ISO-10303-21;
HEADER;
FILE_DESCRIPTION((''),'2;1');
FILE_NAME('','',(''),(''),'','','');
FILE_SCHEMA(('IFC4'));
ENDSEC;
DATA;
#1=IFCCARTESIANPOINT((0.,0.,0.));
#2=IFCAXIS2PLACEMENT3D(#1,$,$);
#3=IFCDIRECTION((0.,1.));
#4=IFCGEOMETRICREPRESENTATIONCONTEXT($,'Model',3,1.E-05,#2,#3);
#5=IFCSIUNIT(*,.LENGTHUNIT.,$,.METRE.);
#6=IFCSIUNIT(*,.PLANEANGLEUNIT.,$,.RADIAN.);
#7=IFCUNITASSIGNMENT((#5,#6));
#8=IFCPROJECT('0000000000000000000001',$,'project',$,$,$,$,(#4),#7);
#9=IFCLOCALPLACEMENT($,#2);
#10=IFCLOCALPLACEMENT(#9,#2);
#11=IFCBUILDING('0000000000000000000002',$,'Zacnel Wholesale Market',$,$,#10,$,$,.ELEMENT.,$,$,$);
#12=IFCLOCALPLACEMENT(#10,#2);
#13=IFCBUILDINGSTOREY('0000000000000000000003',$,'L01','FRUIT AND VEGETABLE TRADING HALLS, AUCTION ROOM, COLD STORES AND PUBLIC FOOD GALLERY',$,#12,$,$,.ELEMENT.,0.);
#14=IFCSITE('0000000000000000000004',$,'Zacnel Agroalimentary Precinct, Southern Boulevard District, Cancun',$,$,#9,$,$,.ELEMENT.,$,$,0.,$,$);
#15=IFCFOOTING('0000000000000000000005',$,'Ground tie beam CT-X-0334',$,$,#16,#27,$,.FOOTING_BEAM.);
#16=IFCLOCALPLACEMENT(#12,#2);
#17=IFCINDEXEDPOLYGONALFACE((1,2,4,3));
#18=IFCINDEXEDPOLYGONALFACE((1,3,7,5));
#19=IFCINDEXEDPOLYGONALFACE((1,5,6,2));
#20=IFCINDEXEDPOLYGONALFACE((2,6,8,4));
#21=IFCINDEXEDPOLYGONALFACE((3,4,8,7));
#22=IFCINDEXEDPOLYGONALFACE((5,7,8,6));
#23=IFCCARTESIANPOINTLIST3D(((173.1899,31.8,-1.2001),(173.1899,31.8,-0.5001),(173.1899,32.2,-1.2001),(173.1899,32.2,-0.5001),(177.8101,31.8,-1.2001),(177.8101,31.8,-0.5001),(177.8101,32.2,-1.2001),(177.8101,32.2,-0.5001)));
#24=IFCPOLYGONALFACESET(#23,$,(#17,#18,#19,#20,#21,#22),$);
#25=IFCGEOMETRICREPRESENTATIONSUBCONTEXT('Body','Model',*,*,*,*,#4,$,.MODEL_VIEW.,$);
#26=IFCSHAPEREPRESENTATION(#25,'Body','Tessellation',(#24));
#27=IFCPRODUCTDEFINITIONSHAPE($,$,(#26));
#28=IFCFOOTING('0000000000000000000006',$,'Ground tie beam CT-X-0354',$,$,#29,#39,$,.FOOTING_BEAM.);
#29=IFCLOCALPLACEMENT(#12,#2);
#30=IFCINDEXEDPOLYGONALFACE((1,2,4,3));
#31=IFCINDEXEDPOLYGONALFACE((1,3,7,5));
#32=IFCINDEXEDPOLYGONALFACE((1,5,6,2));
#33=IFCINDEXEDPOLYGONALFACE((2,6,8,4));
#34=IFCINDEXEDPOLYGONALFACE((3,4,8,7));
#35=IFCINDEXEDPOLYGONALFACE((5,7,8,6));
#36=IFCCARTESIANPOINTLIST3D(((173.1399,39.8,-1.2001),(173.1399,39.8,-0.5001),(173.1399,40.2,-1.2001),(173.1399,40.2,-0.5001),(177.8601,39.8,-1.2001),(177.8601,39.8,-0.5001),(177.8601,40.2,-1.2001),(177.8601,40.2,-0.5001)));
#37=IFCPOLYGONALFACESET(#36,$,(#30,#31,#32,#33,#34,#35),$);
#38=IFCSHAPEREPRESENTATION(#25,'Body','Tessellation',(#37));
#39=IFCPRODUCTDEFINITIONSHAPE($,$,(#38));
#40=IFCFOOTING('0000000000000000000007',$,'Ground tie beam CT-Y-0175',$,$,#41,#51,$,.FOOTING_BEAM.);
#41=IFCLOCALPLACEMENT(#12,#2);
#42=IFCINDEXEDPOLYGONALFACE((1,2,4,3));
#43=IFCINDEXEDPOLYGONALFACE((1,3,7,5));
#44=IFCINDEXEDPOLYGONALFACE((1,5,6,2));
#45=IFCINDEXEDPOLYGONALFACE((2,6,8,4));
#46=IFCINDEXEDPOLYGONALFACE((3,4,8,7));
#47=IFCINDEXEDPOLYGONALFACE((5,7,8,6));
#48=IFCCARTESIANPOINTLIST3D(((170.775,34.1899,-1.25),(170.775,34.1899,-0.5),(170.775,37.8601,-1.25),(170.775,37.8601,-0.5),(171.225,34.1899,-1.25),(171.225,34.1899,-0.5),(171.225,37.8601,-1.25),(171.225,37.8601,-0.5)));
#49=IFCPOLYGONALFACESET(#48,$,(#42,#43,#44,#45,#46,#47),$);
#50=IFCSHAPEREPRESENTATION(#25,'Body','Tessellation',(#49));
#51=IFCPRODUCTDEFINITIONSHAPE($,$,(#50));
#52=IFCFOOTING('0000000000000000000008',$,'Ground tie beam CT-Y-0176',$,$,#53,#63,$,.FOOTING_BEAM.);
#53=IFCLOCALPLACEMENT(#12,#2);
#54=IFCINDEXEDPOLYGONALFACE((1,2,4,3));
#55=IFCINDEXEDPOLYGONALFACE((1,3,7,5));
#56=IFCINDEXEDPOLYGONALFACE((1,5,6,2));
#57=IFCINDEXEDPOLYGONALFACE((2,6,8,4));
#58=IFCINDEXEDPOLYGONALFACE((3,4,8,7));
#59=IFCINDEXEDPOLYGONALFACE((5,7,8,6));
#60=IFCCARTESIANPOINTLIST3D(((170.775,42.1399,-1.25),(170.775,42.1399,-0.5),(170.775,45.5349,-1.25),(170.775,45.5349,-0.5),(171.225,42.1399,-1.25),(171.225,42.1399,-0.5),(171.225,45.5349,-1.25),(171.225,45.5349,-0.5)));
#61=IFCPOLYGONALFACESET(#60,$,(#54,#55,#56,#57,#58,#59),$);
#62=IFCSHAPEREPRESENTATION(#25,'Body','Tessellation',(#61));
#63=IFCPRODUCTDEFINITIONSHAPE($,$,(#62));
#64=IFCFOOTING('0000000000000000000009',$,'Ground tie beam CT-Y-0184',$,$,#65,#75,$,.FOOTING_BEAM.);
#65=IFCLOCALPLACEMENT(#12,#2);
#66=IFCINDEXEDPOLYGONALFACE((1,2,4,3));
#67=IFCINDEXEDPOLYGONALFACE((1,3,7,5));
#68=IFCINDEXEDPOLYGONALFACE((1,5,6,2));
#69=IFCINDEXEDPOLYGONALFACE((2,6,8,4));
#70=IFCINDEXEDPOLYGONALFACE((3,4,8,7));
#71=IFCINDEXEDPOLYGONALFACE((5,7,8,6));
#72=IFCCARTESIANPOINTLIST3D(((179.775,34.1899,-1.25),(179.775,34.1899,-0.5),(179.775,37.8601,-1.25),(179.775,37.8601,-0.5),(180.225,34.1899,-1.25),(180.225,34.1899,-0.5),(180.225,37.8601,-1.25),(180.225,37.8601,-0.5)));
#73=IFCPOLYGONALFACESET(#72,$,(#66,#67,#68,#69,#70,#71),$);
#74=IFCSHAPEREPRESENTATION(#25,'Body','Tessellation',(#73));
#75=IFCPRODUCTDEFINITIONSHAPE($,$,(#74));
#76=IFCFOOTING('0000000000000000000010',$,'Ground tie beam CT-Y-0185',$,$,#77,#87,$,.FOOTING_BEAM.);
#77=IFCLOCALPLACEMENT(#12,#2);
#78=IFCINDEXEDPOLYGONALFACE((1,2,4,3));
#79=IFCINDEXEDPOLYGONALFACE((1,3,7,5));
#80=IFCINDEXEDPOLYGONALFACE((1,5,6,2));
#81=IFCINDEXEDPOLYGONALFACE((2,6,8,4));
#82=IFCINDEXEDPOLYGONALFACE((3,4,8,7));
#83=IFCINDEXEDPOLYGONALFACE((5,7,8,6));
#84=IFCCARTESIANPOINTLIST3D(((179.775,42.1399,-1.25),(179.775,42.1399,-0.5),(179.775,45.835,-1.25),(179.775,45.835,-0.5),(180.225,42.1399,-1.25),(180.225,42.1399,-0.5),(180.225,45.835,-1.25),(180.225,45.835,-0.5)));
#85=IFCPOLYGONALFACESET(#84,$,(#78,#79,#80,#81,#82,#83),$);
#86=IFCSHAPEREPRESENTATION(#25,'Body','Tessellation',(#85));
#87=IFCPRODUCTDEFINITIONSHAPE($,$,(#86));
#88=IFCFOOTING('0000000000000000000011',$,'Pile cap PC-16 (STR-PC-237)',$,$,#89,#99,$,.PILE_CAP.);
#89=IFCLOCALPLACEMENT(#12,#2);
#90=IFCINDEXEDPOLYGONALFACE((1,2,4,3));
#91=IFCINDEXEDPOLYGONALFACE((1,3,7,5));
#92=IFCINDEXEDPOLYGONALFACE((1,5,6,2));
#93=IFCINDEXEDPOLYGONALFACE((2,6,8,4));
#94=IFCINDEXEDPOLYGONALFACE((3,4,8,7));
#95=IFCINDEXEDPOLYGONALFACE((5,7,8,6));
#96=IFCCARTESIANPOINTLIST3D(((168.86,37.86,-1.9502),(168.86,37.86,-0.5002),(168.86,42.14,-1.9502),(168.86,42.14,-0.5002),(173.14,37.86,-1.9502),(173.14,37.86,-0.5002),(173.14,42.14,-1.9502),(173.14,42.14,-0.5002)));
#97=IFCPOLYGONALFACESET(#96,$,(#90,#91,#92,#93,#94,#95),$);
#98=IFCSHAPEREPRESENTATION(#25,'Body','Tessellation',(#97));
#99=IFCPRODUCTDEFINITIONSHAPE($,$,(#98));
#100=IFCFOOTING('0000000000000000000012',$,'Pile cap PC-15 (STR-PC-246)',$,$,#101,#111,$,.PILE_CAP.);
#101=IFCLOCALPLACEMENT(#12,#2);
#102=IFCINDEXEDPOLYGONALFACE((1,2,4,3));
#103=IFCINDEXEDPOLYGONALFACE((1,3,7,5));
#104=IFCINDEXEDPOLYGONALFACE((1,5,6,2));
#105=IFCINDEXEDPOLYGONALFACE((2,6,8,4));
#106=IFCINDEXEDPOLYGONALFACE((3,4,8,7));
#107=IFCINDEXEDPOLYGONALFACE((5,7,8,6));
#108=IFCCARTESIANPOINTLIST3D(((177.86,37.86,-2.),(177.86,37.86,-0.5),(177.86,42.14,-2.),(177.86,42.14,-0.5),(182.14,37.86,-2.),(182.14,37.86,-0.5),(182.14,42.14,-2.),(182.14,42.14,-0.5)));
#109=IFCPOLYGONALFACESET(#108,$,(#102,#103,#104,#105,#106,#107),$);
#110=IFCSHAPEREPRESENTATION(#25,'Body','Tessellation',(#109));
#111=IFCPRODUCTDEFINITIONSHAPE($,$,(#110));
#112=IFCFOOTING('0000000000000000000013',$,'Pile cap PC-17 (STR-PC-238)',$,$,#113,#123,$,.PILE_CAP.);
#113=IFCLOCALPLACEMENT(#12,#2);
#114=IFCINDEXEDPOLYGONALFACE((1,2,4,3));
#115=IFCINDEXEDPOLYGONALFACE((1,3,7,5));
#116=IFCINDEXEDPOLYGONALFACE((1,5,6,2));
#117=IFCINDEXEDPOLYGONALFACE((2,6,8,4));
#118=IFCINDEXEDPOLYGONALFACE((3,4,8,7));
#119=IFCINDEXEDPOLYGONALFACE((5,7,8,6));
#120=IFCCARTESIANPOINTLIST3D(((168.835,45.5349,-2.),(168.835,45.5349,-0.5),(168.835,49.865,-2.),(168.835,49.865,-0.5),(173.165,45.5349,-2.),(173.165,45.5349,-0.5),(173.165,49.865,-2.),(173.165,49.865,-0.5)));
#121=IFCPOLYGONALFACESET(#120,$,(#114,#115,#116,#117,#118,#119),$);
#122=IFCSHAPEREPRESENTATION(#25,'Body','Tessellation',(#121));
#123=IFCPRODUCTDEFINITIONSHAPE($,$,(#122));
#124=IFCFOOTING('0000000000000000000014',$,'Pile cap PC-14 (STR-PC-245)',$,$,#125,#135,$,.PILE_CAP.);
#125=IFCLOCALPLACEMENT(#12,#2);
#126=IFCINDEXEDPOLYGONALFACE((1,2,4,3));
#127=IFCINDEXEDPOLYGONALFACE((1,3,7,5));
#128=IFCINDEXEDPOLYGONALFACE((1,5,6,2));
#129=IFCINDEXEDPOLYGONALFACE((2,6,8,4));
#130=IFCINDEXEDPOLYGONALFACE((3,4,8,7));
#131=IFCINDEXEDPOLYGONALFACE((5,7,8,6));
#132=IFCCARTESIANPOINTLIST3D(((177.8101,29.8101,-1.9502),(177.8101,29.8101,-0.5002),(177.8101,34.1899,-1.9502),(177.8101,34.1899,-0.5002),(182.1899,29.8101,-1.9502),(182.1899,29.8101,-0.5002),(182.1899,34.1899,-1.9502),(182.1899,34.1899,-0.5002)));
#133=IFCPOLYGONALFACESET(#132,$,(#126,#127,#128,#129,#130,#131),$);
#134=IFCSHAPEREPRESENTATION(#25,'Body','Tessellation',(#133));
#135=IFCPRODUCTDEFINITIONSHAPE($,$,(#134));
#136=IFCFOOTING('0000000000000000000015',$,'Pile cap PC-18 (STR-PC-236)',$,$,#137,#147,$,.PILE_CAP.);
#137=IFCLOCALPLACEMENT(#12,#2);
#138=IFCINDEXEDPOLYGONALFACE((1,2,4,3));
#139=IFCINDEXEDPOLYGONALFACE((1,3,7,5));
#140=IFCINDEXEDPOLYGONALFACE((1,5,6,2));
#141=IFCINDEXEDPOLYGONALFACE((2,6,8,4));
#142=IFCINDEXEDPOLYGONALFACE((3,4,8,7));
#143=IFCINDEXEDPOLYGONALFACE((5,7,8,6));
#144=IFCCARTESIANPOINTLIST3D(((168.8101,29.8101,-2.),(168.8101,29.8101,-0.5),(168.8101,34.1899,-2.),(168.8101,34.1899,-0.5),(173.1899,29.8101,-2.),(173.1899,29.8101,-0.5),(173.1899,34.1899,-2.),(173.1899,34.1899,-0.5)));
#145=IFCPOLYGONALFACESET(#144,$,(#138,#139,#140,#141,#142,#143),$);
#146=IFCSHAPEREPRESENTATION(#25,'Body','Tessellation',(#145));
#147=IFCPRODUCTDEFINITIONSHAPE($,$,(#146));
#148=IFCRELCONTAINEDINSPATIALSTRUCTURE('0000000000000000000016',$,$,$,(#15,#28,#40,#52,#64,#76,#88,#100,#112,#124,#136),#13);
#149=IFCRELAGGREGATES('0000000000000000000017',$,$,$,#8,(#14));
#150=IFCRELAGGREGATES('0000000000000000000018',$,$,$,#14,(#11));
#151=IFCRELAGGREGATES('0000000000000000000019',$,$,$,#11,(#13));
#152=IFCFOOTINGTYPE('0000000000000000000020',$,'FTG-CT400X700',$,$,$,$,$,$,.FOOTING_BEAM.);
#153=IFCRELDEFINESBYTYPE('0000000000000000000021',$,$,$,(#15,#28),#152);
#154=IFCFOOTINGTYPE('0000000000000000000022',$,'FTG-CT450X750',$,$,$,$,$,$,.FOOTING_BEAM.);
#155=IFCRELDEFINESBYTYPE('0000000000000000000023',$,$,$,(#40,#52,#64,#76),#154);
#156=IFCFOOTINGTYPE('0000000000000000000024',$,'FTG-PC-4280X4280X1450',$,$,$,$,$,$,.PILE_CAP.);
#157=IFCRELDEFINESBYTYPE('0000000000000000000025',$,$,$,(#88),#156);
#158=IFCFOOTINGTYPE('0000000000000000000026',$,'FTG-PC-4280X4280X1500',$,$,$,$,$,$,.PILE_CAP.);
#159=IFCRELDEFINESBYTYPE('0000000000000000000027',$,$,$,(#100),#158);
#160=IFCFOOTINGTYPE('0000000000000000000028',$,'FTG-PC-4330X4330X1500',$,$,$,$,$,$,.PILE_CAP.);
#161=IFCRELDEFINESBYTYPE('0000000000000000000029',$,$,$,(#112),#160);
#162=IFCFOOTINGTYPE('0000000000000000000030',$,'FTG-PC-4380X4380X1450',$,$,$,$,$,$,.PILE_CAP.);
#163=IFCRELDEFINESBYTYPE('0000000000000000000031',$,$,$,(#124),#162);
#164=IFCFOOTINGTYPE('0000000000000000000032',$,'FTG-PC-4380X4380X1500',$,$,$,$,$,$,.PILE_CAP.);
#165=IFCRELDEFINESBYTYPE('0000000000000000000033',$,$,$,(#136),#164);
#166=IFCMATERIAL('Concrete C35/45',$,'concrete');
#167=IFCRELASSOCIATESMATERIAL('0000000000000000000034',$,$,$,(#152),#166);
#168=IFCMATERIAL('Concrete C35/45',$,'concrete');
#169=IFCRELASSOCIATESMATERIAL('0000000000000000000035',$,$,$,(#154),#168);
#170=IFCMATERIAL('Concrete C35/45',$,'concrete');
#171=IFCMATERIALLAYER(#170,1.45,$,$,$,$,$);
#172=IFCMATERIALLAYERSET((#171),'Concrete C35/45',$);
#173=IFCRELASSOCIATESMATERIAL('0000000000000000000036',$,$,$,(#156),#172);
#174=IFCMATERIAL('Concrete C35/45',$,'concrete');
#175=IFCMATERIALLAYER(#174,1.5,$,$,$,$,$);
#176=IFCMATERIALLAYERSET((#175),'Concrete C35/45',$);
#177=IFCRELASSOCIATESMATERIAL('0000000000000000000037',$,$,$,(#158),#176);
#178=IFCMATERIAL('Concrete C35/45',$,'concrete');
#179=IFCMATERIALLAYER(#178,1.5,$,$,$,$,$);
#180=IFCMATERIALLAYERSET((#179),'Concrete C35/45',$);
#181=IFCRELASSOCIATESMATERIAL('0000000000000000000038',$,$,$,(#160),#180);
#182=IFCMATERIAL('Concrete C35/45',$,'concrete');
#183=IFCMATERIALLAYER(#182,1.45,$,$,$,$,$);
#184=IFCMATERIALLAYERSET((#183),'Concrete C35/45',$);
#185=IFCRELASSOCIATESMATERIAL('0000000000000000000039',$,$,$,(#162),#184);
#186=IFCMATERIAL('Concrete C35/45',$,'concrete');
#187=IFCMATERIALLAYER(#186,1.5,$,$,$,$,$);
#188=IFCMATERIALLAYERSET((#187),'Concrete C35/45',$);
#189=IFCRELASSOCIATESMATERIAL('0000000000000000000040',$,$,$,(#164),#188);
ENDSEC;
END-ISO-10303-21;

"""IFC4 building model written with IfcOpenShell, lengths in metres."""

from ifc_helpers import new_model, si_unit, direction, frame, origin, origin_2d, place, context, subcontext, project, spatial, rectangle, extrude, material, layer, layer_set, material_profile, profile_set, type_object, element, save


model = new_model("IFC4")

# Units and contexts
model_context = context("Model", 3, precision=1e-05, world=origin(), true_north=direction((0.0, 1.0)))
body_context = subcontext(model_context, "Body", "Model", "MODEL_VIEW")
ifc_project = project(units=[si_unit("LENGTHUNIT", "METRE"), si_unit("PLANEANGLEUNIT", "RADIAN")], contexts=[model_context])

# Site, building, storey
site_placement = place(None, origin())
site = spatial("IfcSite", under=ifc_project, at=site_placement, Name="Zacnel Agroalimentary Precinct, Southern Boulevard District, Cancun", CompositionType="ELEMENT", RefElevation=0.0)
building_placement = place(site_placement, origin())
building = spatial("IfcBuilding", under=site, at=building_placement, Name="Zacnel Wholesale Market", CompositionType="ELEMENT")
storey_placement = place(building_placement, origin())
storey = spatial("IfcBuildingStorey", under=building, at=storey_placement, Name="L01", Description="FRUIT AND VEGETABLE TRADING HALLS, AUCTION ROOM, COLD STORES AND PUBLIC FOOD GALLERY", CompositionType="ELEMENT", Elevation=0.0)

# Footings
ifc_material_1 = material(Name="Concrete C35/45", Category="concrete")
ifc_material_profile_1 = material_profile(ifc_material_1, rectangle(XDim=0.3999, YDim=0.7, at=origin_2d()), Name="CT 400x700")
ifc_profile_set_1 = profile_set([ifc_material_profile_1], Name="Concrete C35/45")
footing_type_1 = type_object("IfcFootingType", Name="FTG-CT400X700", PredefinedType="FOOTING_BEAM", material=ifc_profile_set_1)
footing_1_placement = place(storey_placement, frame((173.1899, 32.0, -0.8501), z_axis=(1.0, 0.0, 0.0), x_axis=(0.0, 1.0, 0.0)))
element("IfcFooting", 1, at=footing_1_placement, inside=storey, type_object=footing_type_1, Name="Ground tie beam CT-X-0334", PredefinedType="FOOTING_BEAM", context=body_context, shape_type="SweptSolid", body=[
    extrude(rectangle(XDim=0.3999, YDim=0.7, at=origin_2d()), origin(), (0.0, 0.0, 1.0), 4.6201),
])
footing_2_placement = place(storey_placement, frame((173.1399, 40.0, -0.8501), z_axis=(1.0, 0.0, 0.0), x_axis=(0.0, 1.0, 0.0)))
element("IfcFooting", 2, at=footing_2_placement, inside=storey, type_object=footing_type_1, Name="Ground tie beam CT-X-0354", PredefinedType="FOOTING_BEAM", context=body_context, shape_type="SweptSolid", body=[
    extrude(rectangle(XDim=0.3999, YDim=0.7, at=origin_2d()), origin(), (0.0, 0.0, 1.0), 4.7202),
])
ifc_material_2 = material(Name="Concrete C35/45", Category="concrete")
ifc_material_profile_2 = material_profile(ifc_material_2, rectangle(XDim=0.45, YDim=0.75, at=origin_2d()), Name="CT 450x750")
ifc_profile_set_2 = profile_set([ifc_material_profile_2], Name="Concrete C35/45")
footing_type_2 = type_object("IfcFootingType", Name="FTG-CT450X750", PredefinedType="FOOTING_BEAM", material=ifc_profile_set_2)
footing_3_placement = place(storey_placement, frame((171.0, 34.1899, -0.875), z_axis=(0.0, 1.0, 0.0), x_axis=(-1.0, 0.0, 0.0)))
element("IfcFooting", 3, at=footing_3_placement, inside=storey, type_object=footing_type_2, Name="Ground tie beam CT-Y-0175", PredefinedType="FOOTING_BEAM", context=body_context, shape_type="SweptSolid", body=[
    extrude(rectangle(XDim=0.45, YDim=0.75, at=origin_2d()), origin(), (0.0, 0.0, 1.0), 3.6702),
])
footing_4_placement = place(storey_placement, frame((171.0, 42.1399, -0.875), z_axis=(0.0, 1.0, 0.0), x_axis=(-1.0, 0.0, 0.0)))
element("IfcFooting", 4, at=footing_4_placement, inside=storey, type_object=footing_type_2, Name="Ground tie beam CT-Y-0176", PredefinedType="FOOTING_BEAM", context=body_context, shape_type="SweptSolid", body=[
    extrude(rectangle(XDim=0.45, YDim=0.75, at=origin_2d()), origin(), (0.0, 0.0, 1.0), 3.395),
])
footing_5_placement = place(storey_placement, frame((180.0, 34.1899, -0.875), z_axis=(0.0, 1.0, 0.0), x_axis=(-1.0, 0.0, 0.0)))
element("IfcFooting", 5, at=footing_5_placement, inside=storey, type_object=footing_type_2, Name="Ground tie beam CT-Y-0184", PredefinedType="FOOTING_BEAM", context=body_context, shape_type="SweptSolid", body=[
    extrude(rectangle(XDim=0.45, YDim=0.75, at=origin_2d()), origin(), (0.0, 0.0, 1.0), 3.6702),
])
footing_6_placement = place(storey_placement, frame((180.0, 42.1399, -0.875), z_axis=(0.0, 1.0, 0.0), x_axis=(-1.0, 0.0, 0.0)))
element("IfcFooting", 6, at=footing_6_placement, inside=storey, type_object=footing_type_2, Name="Ground tie beam CT-Y-0185", PredefinedType="FOOTING_BEAM", context=body_context, shape_type="SweptSolid", body=[
    extrude(rectangle(XDim=0.45, YDim=0.75, at=origin_2d()), origin(), (0.0, 0.0, 1.0), 3.6951),
])
ifc_material_3 = material(Name="Concrete C35/45", Category="concrete")
ifc_layer_1 = layer(ifc_material_3, 1.45)
ifc_layer_set_1 = layer_set([ifc_layer_1], Name="Concrete C35/45")
footing_type_3 = type_object("IfcFootingType", Name="FTG-PC-4280X4280X1450", PredefinedType="PILE_CAP", material=ifc_layer_set_1)
footing_7_placement = place(storey_placement, frame((171.0, 40.0, -1.9502), z_axis=(0.0, 0.0, 1.0), x_axis=(1.0, 0.0, 0.0)))
element("IfcFooting", 7, at=footing_7_placement, inside=storey, type_object=footing_type_3, Name="Pile cap PC-16 (STR-PC-237)", PredefinedType="PILE_CAP", context=body_context, shape_type="SweptSolid", body=[
    extrude(rectangle(XDim=4.28, YDim=4.28, at=origin_2d()), origin(), (0.0, 0.0, 1.0), 1.45),
])
ifc_material_4 = material(Name="Concrete C35/45", Category="concrete")
ifc_layer_2 = layer(ifc_material_4, 1.5)
ifc_layer_set_2 = layer_set([ifc_layer_2], Name="Concrete C35/45")
footing_type_4 = type_object("IfcFootingType", Name="FTG-PC-4280X4280X1500", PredefinedType="PILE_CAP", material=ifc_layer_set_2)
footing_8_placement = place(storey_placement, frame((180.0, 40.0, -2.0), z_axis=(0.0, 0.0, 1.0), x_axis=(1.0, 0.0, 0.0)))
element("IfcFooting", 8, at=footing_8_placement, inside=storey, type_object=footing_type_4, Name="Pile cap PC-15 (STR-PC-246)", PredefinedType="PILE_CAP", context=body_context, shape_type="SweptSolid", body=[
    extrude(rectangle(XDim=4.28, YDim=4.28, at=origin_2d()), origin(), (0.0, 0.0, 1.0), 1.5),
])
ifc_material_5 = material(Name="Concrete C35/45", Category="concrete")
ifc_layer_3 = layer(ifc_material_5, 1.5)
ifc_layer_set_3 = layer_set([ifc_layer_3], Name="Concrete C35/45")
footing_type_5 = type_object("IfcFootingType", Name="FTG-PC-4330X4330X1500", PredefinedType="PILE_CAP", material=ifc_layer_set_3)
footing_9_placement = place(storey_placement, frame((171.0, 47.7, -2.0), z_axis=(0.0, 0.0, 1.0), x_axis=(1.0, 0.0, 0.0)))
element("IfcFooting", 9, at=footing_9_placement, inside=storey, type_object=footing_type_5, Name="Pile cap PC-17 (STR-PC-238)", PredefinedType="PILE_CAP", context=body_context, shape_type="SweptSolid", body=[
    extrude(rectangle(XDim=4.3301, YDim=4.3301, at=origin_2d()), origin(), (0.0, 0.0, 1.0), 1.5),
])
ifc_material_6 = material(Name="Concrete C35/45", Category="concrete")
ifc_layer_4 = layer(ifc_material_6, 1.45)
ifc_layer_set_4 = layer_set([ifc_layer_4], Name="Concrete C35/45")
footing_type_6 = type_object("IfcFootingType", Name="FTG-PC-4380X4380X1450", PredefinedType="PILE_CAP", material=ifc_layer_set_4)
footing_10_placement = place(storey_placement, frame((180.0, 32.0, -1.9502), z_axis=(0.0, 0.0, 1.0), x_axis=(1.0, 0.0, 0.0)))
element("IfcFooting", 10, at=footing_10_placement, inside=storey, type_object=footing_type_6, Name="Pile cap PC-14 (STR-PC-245)", PredefinedType="PILE_CAP", context=body_context, shape_type="SweptSolid", body=[
    extrude(rectangle(XDim=4.3799, YDim=4.3799, at=origin_2d()), origin(), (0.0, 0.0, 1.0), 1.45),
])
ifc_material_7 = material(Name="Concrete C35/45", Category="concrete")
ifc_layer_5 = layer(ifc_material_7, 1.5)
ifc_layer_set_5 = layer_set([ifc_layer_5], Name="Concrete C35/45")
footing_type_7 = type_object("IfcFootingType", Name="FTG-PC-4380X4380X1500", PredefinedType="PILE_CAP", material=ifc_layer_set_5)
footing_11_placement = place(storey_placement, frame((171.0, 32.0, -2.0), z_axis=(0.0, 0.0, 1.0), x_axis=(1.0, 0.0, 0.0)))
element("IfcFooting", 11, at=footing_11_placement, inside=storey, type_object=footing_type_7, Name="Pile cap PC-18 (STR-PC-236)", PredefinedType="PILE_CAP", context=body_context, shape_type="SweptSolid", body=[
    extrude(rectangle(XDim=4.3799, YDim=4.3799, at=origin_2d()), origin(), (0.0, 0.0, 1.0), 1.5),
])

save(model, "model.ifc")
